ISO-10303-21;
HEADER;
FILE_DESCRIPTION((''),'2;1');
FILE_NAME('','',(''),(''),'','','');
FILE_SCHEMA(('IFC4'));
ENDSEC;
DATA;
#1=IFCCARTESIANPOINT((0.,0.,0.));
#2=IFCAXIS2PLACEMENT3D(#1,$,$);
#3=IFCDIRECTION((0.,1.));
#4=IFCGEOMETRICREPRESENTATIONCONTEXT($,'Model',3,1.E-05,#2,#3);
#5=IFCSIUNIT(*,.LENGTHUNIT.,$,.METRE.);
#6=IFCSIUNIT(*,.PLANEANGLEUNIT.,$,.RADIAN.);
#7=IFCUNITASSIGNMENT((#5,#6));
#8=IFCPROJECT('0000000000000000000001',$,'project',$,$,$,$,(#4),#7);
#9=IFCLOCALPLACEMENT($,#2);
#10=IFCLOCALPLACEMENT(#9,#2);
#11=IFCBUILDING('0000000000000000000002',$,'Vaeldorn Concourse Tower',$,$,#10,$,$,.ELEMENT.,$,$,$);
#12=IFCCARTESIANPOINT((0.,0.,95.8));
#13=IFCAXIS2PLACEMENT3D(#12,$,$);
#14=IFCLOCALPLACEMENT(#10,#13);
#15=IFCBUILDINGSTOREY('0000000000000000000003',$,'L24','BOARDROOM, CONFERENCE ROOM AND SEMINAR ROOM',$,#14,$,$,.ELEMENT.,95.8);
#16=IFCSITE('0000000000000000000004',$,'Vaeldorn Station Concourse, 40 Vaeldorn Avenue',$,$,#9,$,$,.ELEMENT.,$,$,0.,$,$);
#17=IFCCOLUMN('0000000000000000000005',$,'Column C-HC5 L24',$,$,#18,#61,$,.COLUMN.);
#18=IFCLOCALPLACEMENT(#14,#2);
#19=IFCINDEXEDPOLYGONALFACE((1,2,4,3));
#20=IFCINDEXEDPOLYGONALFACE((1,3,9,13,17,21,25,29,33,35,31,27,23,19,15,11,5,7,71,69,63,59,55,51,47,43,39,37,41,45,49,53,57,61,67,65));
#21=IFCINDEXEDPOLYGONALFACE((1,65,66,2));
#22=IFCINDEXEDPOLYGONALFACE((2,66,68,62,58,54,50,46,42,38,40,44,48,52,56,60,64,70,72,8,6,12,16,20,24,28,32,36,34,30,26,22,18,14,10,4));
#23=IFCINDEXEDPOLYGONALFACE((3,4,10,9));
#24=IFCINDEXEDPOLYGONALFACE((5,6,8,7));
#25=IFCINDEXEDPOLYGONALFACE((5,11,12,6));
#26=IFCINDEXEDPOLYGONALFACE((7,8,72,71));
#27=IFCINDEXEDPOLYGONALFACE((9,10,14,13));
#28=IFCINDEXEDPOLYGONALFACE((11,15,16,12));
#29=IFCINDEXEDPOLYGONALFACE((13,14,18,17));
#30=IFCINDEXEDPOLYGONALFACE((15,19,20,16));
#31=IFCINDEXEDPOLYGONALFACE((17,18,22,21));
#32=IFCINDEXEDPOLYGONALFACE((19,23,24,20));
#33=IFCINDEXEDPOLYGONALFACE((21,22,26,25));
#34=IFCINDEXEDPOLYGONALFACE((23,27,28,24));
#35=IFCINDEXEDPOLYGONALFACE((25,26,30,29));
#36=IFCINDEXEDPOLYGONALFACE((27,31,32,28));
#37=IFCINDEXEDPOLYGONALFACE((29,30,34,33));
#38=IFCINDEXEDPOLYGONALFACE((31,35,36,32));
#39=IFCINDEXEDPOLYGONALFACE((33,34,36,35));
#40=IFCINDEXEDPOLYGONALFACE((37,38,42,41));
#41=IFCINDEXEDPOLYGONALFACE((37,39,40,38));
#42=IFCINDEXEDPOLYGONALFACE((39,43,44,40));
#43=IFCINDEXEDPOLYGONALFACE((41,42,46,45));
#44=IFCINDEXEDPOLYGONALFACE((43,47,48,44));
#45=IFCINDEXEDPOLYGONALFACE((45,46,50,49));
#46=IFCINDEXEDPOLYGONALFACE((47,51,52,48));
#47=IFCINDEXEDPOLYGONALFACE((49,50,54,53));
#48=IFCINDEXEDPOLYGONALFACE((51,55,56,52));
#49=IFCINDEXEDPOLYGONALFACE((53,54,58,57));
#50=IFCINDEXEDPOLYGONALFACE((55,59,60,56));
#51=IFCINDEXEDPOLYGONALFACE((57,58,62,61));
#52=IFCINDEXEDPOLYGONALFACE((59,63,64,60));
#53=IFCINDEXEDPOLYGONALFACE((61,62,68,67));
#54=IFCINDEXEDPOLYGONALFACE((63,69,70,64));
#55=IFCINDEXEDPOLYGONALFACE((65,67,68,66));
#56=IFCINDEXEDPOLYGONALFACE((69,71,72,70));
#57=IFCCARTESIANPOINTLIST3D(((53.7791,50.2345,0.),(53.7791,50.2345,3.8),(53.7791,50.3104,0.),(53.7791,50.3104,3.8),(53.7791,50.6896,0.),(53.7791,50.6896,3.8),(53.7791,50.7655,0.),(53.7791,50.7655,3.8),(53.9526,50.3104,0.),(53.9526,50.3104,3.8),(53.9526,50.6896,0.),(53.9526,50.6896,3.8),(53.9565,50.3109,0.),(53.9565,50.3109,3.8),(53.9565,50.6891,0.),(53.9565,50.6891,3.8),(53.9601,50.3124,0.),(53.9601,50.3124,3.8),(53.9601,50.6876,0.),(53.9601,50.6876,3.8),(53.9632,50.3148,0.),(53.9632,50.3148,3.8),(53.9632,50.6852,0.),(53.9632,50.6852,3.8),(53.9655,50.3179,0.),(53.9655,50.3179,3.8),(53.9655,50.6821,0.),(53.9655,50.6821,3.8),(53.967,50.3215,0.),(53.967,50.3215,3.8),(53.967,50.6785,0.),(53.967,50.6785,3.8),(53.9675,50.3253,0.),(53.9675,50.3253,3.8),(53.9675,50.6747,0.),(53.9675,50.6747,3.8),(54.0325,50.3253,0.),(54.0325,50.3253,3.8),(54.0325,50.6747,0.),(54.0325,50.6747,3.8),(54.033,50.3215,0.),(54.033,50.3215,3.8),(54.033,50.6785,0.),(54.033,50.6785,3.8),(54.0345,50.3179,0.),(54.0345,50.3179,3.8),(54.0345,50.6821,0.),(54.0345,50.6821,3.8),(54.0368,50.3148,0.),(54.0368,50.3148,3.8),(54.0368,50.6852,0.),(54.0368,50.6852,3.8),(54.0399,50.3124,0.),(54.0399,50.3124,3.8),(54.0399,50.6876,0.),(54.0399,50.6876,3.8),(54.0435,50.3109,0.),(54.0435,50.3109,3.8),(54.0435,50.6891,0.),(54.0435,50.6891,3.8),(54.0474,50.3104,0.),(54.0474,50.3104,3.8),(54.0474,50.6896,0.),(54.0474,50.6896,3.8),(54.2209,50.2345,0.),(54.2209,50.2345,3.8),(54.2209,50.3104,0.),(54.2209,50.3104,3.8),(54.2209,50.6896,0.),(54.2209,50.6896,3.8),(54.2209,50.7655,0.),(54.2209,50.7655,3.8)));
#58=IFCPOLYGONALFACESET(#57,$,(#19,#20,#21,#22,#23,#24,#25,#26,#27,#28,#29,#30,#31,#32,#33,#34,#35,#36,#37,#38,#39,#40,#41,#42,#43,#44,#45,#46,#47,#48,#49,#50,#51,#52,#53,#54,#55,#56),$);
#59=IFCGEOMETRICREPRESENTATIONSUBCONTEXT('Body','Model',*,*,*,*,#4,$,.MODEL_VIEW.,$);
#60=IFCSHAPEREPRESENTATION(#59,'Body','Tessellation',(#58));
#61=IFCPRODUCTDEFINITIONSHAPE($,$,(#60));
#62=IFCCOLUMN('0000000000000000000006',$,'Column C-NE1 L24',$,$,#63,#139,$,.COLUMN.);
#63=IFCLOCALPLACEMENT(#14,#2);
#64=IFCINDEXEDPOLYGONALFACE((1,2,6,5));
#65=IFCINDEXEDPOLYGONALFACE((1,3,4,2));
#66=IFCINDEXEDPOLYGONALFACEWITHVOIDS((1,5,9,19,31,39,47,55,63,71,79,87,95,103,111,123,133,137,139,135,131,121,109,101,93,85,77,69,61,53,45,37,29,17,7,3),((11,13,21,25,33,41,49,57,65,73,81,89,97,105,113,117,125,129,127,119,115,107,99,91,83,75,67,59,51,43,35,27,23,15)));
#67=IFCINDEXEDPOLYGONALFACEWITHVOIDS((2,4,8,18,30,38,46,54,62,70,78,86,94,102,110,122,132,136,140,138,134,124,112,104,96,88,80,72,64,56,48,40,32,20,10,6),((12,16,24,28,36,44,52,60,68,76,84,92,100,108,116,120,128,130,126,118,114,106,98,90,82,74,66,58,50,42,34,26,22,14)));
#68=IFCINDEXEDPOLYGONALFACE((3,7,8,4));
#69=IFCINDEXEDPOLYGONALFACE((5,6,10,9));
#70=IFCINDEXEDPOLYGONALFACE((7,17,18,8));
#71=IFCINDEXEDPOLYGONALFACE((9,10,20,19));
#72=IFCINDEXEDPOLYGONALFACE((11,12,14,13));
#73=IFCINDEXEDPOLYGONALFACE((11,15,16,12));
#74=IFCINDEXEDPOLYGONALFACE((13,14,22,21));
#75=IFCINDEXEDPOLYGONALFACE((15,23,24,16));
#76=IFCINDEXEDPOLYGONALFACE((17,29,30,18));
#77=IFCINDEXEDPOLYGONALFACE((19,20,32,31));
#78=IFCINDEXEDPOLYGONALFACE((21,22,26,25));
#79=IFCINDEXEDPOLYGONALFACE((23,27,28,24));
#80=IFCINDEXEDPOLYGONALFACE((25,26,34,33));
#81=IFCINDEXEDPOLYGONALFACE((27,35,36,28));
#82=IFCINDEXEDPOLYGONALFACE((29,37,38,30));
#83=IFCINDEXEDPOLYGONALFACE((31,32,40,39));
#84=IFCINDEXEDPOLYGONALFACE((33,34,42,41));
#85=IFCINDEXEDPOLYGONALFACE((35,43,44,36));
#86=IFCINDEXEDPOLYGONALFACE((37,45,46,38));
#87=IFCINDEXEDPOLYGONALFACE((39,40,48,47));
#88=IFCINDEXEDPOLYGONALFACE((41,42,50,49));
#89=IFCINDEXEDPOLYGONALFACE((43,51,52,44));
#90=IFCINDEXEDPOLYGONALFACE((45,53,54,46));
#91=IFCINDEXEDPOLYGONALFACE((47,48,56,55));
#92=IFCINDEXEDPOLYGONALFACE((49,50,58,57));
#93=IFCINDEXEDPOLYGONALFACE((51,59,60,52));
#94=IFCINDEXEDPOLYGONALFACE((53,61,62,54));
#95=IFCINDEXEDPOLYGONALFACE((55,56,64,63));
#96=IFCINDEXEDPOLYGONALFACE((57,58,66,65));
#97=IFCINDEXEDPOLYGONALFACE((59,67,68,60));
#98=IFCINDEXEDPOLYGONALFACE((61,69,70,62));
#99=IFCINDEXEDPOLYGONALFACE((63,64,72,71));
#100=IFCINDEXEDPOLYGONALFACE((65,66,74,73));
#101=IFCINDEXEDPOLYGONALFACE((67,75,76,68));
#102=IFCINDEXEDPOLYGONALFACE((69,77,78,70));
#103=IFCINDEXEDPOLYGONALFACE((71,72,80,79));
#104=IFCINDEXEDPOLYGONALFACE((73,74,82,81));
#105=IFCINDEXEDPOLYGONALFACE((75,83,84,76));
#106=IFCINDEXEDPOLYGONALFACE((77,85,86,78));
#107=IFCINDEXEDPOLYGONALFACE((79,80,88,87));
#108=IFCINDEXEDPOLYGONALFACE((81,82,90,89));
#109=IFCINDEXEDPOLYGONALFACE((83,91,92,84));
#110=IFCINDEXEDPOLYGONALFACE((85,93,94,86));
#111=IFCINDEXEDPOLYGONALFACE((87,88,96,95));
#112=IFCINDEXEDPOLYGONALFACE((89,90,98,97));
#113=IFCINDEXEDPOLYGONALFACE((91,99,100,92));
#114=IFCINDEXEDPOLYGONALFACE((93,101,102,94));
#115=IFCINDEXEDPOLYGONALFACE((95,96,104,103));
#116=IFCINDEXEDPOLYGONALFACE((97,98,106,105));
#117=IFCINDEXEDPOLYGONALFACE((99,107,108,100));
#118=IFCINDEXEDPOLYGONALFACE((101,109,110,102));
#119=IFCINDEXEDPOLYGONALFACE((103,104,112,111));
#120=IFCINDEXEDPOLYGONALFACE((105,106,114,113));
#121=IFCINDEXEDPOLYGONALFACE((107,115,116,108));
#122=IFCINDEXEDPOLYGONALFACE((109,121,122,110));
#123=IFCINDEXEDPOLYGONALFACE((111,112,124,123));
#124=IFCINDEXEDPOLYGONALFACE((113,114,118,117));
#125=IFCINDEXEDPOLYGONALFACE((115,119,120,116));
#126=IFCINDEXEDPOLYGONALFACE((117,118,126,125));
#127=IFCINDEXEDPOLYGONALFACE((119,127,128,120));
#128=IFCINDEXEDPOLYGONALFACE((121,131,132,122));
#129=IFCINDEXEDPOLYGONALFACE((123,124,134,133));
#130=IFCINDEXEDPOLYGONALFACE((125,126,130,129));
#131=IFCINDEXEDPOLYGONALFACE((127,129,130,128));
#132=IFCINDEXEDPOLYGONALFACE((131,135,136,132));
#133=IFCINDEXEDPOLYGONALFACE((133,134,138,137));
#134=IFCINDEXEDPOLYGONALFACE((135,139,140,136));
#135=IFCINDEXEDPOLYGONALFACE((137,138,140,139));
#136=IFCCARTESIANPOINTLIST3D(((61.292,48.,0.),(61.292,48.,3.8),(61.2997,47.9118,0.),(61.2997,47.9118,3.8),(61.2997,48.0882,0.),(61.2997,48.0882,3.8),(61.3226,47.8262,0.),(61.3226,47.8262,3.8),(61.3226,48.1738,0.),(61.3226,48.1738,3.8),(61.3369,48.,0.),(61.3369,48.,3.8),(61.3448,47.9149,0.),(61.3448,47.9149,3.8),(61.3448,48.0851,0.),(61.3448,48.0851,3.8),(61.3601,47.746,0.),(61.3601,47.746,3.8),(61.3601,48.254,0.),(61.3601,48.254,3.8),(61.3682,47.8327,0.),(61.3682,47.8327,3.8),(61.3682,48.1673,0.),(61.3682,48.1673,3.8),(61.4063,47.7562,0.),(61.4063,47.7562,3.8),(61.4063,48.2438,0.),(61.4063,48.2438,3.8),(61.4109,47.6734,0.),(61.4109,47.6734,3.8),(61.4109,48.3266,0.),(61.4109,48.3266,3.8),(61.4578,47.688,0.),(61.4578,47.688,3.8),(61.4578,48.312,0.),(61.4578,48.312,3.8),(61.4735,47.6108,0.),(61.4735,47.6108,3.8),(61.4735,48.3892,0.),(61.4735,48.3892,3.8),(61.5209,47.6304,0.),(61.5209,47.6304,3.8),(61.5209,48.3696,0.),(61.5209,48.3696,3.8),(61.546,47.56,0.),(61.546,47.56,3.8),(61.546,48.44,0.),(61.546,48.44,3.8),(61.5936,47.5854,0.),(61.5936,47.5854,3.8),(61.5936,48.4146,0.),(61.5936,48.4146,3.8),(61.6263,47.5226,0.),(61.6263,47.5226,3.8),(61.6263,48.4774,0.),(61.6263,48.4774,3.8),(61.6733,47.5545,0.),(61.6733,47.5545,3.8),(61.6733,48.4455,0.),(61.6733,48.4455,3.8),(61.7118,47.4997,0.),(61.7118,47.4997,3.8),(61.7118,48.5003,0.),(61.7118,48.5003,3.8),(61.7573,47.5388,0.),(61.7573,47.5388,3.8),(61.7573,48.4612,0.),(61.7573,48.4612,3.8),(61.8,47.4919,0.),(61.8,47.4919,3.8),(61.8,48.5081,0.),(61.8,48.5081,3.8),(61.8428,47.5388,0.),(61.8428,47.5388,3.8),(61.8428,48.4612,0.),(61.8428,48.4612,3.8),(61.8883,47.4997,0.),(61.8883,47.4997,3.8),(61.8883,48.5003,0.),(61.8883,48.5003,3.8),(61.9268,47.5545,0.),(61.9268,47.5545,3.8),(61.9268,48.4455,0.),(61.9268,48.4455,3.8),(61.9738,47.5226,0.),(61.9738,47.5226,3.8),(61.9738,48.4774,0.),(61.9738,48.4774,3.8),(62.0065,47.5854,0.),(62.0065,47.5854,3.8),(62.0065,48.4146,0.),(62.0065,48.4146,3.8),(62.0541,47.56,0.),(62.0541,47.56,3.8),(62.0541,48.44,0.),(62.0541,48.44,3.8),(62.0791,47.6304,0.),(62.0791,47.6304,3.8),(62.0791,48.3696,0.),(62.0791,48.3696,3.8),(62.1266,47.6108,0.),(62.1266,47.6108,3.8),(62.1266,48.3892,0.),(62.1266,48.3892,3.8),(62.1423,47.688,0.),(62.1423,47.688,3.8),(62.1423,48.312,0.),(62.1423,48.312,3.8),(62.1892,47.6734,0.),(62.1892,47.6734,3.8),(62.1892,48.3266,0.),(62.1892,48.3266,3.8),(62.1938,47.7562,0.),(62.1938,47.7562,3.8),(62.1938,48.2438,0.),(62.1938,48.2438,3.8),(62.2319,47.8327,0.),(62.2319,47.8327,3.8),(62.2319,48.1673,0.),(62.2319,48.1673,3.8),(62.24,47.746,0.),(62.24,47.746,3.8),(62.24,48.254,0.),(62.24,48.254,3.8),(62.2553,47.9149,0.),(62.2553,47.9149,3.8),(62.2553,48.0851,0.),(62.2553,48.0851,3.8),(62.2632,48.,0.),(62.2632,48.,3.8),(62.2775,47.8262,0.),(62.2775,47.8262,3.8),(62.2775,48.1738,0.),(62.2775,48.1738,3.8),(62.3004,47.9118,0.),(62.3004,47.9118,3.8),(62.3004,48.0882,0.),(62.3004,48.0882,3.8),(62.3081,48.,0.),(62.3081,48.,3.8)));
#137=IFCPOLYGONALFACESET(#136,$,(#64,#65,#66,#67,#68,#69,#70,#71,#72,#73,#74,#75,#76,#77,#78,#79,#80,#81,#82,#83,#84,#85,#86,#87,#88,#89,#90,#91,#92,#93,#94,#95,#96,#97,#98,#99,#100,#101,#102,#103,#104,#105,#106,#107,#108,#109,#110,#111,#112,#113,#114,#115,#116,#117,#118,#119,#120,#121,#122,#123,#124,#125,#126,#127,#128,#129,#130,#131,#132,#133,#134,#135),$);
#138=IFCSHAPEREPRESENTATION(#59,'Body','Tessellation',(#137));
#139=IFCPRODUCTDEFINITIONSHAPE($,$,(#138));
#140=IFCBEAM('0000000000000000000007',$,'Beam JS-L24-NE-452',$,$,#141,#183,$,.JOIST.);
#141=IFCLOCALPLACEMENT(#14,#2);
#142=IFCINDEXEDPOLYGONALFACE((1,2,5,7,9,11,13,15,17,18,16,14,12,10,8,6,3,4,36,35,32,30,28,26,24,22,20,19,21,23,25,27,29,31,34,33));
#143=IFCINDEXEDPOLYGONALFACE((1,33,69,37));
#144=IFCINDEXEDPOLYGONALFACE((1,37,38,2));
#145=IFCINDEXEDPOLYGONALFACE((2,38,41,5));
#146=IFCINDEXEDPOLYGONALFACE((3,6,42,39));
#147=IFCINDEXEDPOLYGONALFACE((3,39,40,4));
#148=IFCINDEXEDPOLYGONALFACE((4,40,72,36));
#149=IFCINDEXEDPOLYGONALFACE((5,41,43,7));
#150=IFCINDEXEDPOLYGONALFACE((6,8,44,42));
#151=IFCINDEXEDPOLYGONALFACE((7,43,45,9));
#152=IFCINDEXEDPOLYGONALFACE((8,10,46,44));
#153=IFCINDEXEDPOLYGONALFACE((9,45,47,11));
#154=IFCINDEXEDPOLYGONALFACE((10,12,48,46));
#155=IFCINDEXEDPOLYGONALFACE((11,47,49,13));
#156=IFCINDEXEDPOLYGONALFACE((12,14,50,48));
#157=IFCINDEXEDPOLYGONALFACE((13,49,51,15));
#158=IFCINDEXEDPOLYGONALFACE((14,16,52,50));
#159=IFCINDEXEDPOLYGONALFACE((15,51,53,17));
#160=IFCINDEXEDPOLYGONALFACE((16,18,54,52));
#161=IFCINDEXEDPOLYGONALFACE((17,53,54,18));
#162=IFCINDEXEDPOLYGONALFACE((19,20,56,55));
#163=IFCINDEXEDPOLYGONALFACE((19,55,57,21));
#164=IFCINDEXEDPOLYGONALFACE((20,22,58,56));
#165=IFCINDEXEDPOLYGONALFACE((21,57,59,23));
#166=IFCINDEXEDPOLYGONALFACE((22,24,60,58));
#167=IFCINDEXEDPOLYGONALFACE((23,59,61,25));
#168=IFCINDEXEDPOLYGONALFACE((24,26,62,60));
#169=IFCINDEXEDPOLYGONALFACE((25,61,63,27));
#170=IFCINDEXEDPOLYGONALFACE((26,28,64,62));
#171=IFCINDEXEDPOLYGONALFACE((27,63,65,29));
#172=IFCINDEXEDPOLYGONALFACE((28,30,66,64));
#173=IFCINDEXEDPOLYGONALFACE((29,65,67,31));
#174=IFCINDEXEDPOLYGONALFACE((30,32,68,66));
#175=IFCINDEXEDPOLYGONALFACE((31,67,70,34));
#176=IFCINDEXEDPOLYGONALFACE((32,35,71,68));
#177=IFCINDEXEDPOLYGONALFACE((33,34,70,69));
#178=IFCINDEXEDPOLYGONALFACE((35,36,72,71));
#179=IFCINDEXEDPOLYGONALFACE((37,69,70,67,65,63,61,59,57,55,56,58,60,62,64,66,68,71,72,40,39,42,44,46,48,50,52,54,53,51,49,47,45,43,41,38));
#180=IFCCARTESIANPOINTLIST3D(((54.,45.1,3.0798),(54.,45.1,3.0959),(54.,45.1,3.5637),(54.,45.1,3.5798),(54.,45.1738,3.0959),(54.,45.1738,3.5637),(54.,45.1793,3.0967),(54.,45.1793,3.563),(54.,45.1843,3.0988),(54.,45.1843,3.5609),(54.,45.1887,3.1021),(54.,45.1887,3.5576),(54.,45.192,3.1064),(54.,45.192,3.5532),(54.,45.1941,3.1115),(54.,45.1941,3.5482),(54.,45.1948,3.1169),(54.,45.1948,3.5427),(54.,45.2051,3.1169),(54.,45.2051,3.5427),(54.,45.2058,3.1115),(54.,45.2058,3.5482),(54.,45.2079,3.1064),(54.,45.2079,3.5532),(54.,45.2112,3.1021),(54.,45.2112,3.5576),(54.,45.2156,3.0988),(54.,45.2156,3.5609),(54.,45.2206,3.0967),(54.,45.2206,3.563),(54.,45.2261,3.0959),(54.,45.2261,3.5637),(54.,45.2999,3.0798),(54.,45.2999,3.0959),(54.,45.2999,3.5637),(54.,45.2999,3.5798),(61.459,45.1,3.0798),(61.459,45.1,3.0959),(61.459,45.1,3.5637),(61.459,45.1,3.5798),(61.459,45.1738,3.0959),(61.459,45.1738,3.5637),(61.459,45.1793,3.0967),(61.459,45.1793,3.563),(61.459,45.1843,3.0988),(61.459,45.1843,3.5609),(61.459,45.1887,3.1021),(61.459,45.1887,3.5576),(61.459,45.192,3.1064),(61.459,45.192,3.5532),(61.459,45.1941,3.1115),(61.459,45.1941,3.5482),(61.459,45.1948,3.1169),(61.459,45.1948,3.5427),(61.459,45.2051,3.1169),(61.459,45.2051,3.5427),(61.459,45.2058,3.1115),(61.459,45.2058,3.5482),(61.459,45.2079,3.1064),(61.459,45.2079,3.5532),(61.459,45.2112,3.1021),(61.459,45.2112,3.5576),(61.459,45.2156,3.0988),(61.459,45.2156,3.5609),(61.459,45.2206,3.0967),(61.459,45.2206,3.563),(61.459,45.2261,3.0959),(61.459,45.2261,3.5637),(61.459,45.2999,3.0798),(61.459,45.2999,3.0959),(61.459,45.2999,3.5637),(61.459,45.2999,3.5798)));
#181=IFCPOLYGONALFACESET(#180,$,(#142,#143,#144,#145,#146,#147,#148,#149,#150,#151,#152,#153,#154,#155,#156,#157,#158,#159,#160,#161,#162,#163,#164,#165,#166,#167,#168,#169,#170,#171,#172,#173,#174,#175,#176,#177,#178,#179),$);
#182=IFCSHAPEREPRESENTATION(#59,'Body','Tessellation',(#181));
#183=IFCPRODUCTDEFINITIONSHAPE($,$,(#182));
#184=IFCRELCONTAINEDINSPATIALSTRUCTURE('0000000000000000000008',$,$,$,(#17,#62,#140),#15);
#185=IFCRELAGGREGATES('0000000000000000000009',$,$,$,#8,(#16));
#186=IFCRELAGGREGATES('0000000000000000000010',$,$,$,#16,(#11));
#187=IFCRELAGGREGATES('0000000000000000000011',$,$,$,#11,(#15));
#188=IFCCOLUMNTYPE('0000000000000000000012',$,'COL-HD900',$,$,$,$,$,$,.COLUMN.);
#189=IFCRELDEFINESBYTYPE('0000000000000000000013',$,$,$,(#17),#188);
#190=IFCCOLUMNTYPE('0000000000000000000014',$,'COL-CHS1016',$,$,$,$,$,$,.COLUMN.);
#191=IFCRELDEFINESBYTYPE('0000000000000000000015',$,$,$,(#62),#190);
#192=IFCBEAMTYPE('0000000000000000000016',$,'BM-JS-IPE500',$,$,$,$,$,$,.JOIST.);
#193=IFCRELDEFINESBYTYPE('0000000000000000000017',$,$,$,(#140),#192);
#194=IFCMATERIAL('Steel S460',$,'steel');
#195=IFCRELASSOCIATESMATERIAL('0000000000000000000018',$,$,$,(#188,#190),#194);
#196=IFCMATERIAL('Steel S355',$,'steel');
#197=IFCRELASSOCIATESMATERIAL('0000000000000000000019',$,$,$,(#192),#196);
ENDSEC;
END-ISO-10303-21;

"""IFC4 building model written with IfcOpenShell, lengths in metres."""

from ifc_helpers import new_model, si_unit, direction, frame, origin, origin_2d, place, context, subcontext, project, spatial, hollow_circle, i_section, extrude, source, transform, mapped, material, material_profile, profile_set, type_object, element, save


model = new_model("IFC4")

# Units and contexts
model_context = context("Model", 3, precision=1e-05, world=origin(), true_north=direction((0.0, 1.0)))
body_context = subcontext(model_context, "Body", "Model", "MODEL_VIEW")
ifc_project = project(units=[si_unit("LENGTHUNIT", "METRE"), si_unit("PLANEANGLEUNIT", "RADIAN")], contexts=[model_context])

# Site, building, storey
site_placement = place(None, origin())
site = spatial("IfcSite", under=ifc_project, at=site_placement, Name="Vaeldorn Station Concourse, 40 Vaeldorn Avenue", CompositionType="ELEMENT", RefElevation=0.0)
building_placement = place(site_placement, origin())
building = spatial("IfcBuilding", under=site, at=building_placement, Name="Vaeldorn Concourse Tower", CompositionType="ELEMENT")
storey_placement = place(building_placement, frame((0.0, 0.0, 95.8)))
storey = spatial("IfcBuildingStorey", under=building, at=storey_placement, Name="L24", Description="BOARDROOM, CONFERENCE ROOM AND SEMINAR ROOM", CompositionType="ELEMENT", Elevation=95.8)

# Columns
ifc_material_1 = material(Name="Steel S460", Category="steel")
ifc_material_profile_1 = material_profile(ifc_material_1, i_section(OverallWidth=0.4419, OverallDepth=0.531, WebThickness=0.0649, FlangeThickness=0.0759, FilletRadius=0.0149, at=origin_2d()), Name="HD 400x900")
ifc_profile_set_1 = profile_set([ifc_material_profile_1], Name="Steel S460")
column_type_1 = type_object("IfcColumnType", Name="COL-HD900", PredefinedType="COLUMN", material=ifc_profile_set_1)
shared_shape_1 = source(origin(), body_context, "Body", "SweptSolid", [
    extrude(i_section(OverallWidth=0.4419, OverallDepth=0.531, WebThickness=0.0649, FlangeThickness=0.0759, FilletRadius=0.0149, at=origin_2d()), origin(), (0.0, 0.0, 1.0), 3.8),
])
column_1_placement = place(storey_placement, frame((54.0, 50.5, 0.0), z_axis=(0.0, 0.0, 1.0), x_axis=(1.0, 0.0, 0.0)))
element("IfcColumn", 1, at=column_1_placement, inside=storey, type_object=column_type_1, Name="Column C-HC5 L24", PredefinedType="COLUMN", context=body_context, shape_type="MappedRepresentation", body=[
    mapped(shared_shape_1, transform((0.0, 0.0, 0.0), scale=1.0)),
])
ifc_material_profile_2 = material_profile(ifc_material_1, hollow_circle(Radius=0.5081, WallThickness=0.0449, at=origin_2d()), Name="CHS 1016x45")
ifc_profile_set_2 = profile_set([ifc_material_profile_2], Name="Steel S460")
column_type_2 = type_object("IfcColumnType", Name="COL-CHS1016", PredefinedType="COLUMN", material=ifc_profile_set_2)
shared_shape_2 = source(origin(), body_context, "Body", "SweptSolid", [
    extrude(hollow_circle(Radius=0.5081, WallThickness=0.0449, at=origin_2d()), origin(), (0.0, 0.0, 1.0), 3.8),
])
column_2_placement = place(storey_placement, frame((61.8, 48.0, 0.0), z_axis=(0.0, 0.0, 1.0), x_axis=(1.0, 0.0, 0.0)))
element("IfcColumn", 2, at=column_2_placement, inside=storey, type_object=column_type_2, Name="Column C-NE1 L24", PredefinedType="COLUMN", context=body_context, shape_type="MappedRepresentation", body=[
    mapped(shared_shape_2, transform((0.0, 0.0, 0.0), scale=1.0)),
])

# Beam
ifc_material_2 = material(Name="Steel S355", Category="steel")
ifc_material_profile_3 = material_profile(ifc_material_2, i_section(OverallWidth=0.2, OverallDepth=0.5, WebThickness=0.0103, FlangeThickness=0.0161, FilletRadius=0.021, at=origin_2d()), Name="IPE 500")
ifc_profile_set_3 = profile_set([ifc_material_profile_3], Name="Steel S355")
beam_type_1 = type_object("IfcBeamType", Name="BM-JS-IPE500", PredefinedType="JOIST", material=ifc_profile_set_3)
shared_shape_3 = source(origin(), body_context, "Body", "SweptSolid", [
    extrude(i_section(OverallWidth=0.2, OverallDepth=0.5, WebThickness=0.0103, FlangeThickness=0.0161, FilletRadius=0.021, at=origin_2d()), origin(), (0.0, 0.0, 1.0), 7.459),
])
beam_1_placement = place(storey_placement, frame((54.0, 45.2, 3.3298), z_axis=(1.0, 0.0, 0.0), x_axis=(0.0, 1.0, 0.0)))
element("IfcBeam", 3, at=beam_1_placement, inside=storey, type_object=beam_type_1, Name="Beam JS-L24-NE-452", PredefinedType="JOIST", context=body_context, shape_type="MappedRepresentation", body=[
    mapped(shared_shape_3, transform((0.0, 0.0, 0.0), scale=1.0)),
])

save(model, "model.ifc")
